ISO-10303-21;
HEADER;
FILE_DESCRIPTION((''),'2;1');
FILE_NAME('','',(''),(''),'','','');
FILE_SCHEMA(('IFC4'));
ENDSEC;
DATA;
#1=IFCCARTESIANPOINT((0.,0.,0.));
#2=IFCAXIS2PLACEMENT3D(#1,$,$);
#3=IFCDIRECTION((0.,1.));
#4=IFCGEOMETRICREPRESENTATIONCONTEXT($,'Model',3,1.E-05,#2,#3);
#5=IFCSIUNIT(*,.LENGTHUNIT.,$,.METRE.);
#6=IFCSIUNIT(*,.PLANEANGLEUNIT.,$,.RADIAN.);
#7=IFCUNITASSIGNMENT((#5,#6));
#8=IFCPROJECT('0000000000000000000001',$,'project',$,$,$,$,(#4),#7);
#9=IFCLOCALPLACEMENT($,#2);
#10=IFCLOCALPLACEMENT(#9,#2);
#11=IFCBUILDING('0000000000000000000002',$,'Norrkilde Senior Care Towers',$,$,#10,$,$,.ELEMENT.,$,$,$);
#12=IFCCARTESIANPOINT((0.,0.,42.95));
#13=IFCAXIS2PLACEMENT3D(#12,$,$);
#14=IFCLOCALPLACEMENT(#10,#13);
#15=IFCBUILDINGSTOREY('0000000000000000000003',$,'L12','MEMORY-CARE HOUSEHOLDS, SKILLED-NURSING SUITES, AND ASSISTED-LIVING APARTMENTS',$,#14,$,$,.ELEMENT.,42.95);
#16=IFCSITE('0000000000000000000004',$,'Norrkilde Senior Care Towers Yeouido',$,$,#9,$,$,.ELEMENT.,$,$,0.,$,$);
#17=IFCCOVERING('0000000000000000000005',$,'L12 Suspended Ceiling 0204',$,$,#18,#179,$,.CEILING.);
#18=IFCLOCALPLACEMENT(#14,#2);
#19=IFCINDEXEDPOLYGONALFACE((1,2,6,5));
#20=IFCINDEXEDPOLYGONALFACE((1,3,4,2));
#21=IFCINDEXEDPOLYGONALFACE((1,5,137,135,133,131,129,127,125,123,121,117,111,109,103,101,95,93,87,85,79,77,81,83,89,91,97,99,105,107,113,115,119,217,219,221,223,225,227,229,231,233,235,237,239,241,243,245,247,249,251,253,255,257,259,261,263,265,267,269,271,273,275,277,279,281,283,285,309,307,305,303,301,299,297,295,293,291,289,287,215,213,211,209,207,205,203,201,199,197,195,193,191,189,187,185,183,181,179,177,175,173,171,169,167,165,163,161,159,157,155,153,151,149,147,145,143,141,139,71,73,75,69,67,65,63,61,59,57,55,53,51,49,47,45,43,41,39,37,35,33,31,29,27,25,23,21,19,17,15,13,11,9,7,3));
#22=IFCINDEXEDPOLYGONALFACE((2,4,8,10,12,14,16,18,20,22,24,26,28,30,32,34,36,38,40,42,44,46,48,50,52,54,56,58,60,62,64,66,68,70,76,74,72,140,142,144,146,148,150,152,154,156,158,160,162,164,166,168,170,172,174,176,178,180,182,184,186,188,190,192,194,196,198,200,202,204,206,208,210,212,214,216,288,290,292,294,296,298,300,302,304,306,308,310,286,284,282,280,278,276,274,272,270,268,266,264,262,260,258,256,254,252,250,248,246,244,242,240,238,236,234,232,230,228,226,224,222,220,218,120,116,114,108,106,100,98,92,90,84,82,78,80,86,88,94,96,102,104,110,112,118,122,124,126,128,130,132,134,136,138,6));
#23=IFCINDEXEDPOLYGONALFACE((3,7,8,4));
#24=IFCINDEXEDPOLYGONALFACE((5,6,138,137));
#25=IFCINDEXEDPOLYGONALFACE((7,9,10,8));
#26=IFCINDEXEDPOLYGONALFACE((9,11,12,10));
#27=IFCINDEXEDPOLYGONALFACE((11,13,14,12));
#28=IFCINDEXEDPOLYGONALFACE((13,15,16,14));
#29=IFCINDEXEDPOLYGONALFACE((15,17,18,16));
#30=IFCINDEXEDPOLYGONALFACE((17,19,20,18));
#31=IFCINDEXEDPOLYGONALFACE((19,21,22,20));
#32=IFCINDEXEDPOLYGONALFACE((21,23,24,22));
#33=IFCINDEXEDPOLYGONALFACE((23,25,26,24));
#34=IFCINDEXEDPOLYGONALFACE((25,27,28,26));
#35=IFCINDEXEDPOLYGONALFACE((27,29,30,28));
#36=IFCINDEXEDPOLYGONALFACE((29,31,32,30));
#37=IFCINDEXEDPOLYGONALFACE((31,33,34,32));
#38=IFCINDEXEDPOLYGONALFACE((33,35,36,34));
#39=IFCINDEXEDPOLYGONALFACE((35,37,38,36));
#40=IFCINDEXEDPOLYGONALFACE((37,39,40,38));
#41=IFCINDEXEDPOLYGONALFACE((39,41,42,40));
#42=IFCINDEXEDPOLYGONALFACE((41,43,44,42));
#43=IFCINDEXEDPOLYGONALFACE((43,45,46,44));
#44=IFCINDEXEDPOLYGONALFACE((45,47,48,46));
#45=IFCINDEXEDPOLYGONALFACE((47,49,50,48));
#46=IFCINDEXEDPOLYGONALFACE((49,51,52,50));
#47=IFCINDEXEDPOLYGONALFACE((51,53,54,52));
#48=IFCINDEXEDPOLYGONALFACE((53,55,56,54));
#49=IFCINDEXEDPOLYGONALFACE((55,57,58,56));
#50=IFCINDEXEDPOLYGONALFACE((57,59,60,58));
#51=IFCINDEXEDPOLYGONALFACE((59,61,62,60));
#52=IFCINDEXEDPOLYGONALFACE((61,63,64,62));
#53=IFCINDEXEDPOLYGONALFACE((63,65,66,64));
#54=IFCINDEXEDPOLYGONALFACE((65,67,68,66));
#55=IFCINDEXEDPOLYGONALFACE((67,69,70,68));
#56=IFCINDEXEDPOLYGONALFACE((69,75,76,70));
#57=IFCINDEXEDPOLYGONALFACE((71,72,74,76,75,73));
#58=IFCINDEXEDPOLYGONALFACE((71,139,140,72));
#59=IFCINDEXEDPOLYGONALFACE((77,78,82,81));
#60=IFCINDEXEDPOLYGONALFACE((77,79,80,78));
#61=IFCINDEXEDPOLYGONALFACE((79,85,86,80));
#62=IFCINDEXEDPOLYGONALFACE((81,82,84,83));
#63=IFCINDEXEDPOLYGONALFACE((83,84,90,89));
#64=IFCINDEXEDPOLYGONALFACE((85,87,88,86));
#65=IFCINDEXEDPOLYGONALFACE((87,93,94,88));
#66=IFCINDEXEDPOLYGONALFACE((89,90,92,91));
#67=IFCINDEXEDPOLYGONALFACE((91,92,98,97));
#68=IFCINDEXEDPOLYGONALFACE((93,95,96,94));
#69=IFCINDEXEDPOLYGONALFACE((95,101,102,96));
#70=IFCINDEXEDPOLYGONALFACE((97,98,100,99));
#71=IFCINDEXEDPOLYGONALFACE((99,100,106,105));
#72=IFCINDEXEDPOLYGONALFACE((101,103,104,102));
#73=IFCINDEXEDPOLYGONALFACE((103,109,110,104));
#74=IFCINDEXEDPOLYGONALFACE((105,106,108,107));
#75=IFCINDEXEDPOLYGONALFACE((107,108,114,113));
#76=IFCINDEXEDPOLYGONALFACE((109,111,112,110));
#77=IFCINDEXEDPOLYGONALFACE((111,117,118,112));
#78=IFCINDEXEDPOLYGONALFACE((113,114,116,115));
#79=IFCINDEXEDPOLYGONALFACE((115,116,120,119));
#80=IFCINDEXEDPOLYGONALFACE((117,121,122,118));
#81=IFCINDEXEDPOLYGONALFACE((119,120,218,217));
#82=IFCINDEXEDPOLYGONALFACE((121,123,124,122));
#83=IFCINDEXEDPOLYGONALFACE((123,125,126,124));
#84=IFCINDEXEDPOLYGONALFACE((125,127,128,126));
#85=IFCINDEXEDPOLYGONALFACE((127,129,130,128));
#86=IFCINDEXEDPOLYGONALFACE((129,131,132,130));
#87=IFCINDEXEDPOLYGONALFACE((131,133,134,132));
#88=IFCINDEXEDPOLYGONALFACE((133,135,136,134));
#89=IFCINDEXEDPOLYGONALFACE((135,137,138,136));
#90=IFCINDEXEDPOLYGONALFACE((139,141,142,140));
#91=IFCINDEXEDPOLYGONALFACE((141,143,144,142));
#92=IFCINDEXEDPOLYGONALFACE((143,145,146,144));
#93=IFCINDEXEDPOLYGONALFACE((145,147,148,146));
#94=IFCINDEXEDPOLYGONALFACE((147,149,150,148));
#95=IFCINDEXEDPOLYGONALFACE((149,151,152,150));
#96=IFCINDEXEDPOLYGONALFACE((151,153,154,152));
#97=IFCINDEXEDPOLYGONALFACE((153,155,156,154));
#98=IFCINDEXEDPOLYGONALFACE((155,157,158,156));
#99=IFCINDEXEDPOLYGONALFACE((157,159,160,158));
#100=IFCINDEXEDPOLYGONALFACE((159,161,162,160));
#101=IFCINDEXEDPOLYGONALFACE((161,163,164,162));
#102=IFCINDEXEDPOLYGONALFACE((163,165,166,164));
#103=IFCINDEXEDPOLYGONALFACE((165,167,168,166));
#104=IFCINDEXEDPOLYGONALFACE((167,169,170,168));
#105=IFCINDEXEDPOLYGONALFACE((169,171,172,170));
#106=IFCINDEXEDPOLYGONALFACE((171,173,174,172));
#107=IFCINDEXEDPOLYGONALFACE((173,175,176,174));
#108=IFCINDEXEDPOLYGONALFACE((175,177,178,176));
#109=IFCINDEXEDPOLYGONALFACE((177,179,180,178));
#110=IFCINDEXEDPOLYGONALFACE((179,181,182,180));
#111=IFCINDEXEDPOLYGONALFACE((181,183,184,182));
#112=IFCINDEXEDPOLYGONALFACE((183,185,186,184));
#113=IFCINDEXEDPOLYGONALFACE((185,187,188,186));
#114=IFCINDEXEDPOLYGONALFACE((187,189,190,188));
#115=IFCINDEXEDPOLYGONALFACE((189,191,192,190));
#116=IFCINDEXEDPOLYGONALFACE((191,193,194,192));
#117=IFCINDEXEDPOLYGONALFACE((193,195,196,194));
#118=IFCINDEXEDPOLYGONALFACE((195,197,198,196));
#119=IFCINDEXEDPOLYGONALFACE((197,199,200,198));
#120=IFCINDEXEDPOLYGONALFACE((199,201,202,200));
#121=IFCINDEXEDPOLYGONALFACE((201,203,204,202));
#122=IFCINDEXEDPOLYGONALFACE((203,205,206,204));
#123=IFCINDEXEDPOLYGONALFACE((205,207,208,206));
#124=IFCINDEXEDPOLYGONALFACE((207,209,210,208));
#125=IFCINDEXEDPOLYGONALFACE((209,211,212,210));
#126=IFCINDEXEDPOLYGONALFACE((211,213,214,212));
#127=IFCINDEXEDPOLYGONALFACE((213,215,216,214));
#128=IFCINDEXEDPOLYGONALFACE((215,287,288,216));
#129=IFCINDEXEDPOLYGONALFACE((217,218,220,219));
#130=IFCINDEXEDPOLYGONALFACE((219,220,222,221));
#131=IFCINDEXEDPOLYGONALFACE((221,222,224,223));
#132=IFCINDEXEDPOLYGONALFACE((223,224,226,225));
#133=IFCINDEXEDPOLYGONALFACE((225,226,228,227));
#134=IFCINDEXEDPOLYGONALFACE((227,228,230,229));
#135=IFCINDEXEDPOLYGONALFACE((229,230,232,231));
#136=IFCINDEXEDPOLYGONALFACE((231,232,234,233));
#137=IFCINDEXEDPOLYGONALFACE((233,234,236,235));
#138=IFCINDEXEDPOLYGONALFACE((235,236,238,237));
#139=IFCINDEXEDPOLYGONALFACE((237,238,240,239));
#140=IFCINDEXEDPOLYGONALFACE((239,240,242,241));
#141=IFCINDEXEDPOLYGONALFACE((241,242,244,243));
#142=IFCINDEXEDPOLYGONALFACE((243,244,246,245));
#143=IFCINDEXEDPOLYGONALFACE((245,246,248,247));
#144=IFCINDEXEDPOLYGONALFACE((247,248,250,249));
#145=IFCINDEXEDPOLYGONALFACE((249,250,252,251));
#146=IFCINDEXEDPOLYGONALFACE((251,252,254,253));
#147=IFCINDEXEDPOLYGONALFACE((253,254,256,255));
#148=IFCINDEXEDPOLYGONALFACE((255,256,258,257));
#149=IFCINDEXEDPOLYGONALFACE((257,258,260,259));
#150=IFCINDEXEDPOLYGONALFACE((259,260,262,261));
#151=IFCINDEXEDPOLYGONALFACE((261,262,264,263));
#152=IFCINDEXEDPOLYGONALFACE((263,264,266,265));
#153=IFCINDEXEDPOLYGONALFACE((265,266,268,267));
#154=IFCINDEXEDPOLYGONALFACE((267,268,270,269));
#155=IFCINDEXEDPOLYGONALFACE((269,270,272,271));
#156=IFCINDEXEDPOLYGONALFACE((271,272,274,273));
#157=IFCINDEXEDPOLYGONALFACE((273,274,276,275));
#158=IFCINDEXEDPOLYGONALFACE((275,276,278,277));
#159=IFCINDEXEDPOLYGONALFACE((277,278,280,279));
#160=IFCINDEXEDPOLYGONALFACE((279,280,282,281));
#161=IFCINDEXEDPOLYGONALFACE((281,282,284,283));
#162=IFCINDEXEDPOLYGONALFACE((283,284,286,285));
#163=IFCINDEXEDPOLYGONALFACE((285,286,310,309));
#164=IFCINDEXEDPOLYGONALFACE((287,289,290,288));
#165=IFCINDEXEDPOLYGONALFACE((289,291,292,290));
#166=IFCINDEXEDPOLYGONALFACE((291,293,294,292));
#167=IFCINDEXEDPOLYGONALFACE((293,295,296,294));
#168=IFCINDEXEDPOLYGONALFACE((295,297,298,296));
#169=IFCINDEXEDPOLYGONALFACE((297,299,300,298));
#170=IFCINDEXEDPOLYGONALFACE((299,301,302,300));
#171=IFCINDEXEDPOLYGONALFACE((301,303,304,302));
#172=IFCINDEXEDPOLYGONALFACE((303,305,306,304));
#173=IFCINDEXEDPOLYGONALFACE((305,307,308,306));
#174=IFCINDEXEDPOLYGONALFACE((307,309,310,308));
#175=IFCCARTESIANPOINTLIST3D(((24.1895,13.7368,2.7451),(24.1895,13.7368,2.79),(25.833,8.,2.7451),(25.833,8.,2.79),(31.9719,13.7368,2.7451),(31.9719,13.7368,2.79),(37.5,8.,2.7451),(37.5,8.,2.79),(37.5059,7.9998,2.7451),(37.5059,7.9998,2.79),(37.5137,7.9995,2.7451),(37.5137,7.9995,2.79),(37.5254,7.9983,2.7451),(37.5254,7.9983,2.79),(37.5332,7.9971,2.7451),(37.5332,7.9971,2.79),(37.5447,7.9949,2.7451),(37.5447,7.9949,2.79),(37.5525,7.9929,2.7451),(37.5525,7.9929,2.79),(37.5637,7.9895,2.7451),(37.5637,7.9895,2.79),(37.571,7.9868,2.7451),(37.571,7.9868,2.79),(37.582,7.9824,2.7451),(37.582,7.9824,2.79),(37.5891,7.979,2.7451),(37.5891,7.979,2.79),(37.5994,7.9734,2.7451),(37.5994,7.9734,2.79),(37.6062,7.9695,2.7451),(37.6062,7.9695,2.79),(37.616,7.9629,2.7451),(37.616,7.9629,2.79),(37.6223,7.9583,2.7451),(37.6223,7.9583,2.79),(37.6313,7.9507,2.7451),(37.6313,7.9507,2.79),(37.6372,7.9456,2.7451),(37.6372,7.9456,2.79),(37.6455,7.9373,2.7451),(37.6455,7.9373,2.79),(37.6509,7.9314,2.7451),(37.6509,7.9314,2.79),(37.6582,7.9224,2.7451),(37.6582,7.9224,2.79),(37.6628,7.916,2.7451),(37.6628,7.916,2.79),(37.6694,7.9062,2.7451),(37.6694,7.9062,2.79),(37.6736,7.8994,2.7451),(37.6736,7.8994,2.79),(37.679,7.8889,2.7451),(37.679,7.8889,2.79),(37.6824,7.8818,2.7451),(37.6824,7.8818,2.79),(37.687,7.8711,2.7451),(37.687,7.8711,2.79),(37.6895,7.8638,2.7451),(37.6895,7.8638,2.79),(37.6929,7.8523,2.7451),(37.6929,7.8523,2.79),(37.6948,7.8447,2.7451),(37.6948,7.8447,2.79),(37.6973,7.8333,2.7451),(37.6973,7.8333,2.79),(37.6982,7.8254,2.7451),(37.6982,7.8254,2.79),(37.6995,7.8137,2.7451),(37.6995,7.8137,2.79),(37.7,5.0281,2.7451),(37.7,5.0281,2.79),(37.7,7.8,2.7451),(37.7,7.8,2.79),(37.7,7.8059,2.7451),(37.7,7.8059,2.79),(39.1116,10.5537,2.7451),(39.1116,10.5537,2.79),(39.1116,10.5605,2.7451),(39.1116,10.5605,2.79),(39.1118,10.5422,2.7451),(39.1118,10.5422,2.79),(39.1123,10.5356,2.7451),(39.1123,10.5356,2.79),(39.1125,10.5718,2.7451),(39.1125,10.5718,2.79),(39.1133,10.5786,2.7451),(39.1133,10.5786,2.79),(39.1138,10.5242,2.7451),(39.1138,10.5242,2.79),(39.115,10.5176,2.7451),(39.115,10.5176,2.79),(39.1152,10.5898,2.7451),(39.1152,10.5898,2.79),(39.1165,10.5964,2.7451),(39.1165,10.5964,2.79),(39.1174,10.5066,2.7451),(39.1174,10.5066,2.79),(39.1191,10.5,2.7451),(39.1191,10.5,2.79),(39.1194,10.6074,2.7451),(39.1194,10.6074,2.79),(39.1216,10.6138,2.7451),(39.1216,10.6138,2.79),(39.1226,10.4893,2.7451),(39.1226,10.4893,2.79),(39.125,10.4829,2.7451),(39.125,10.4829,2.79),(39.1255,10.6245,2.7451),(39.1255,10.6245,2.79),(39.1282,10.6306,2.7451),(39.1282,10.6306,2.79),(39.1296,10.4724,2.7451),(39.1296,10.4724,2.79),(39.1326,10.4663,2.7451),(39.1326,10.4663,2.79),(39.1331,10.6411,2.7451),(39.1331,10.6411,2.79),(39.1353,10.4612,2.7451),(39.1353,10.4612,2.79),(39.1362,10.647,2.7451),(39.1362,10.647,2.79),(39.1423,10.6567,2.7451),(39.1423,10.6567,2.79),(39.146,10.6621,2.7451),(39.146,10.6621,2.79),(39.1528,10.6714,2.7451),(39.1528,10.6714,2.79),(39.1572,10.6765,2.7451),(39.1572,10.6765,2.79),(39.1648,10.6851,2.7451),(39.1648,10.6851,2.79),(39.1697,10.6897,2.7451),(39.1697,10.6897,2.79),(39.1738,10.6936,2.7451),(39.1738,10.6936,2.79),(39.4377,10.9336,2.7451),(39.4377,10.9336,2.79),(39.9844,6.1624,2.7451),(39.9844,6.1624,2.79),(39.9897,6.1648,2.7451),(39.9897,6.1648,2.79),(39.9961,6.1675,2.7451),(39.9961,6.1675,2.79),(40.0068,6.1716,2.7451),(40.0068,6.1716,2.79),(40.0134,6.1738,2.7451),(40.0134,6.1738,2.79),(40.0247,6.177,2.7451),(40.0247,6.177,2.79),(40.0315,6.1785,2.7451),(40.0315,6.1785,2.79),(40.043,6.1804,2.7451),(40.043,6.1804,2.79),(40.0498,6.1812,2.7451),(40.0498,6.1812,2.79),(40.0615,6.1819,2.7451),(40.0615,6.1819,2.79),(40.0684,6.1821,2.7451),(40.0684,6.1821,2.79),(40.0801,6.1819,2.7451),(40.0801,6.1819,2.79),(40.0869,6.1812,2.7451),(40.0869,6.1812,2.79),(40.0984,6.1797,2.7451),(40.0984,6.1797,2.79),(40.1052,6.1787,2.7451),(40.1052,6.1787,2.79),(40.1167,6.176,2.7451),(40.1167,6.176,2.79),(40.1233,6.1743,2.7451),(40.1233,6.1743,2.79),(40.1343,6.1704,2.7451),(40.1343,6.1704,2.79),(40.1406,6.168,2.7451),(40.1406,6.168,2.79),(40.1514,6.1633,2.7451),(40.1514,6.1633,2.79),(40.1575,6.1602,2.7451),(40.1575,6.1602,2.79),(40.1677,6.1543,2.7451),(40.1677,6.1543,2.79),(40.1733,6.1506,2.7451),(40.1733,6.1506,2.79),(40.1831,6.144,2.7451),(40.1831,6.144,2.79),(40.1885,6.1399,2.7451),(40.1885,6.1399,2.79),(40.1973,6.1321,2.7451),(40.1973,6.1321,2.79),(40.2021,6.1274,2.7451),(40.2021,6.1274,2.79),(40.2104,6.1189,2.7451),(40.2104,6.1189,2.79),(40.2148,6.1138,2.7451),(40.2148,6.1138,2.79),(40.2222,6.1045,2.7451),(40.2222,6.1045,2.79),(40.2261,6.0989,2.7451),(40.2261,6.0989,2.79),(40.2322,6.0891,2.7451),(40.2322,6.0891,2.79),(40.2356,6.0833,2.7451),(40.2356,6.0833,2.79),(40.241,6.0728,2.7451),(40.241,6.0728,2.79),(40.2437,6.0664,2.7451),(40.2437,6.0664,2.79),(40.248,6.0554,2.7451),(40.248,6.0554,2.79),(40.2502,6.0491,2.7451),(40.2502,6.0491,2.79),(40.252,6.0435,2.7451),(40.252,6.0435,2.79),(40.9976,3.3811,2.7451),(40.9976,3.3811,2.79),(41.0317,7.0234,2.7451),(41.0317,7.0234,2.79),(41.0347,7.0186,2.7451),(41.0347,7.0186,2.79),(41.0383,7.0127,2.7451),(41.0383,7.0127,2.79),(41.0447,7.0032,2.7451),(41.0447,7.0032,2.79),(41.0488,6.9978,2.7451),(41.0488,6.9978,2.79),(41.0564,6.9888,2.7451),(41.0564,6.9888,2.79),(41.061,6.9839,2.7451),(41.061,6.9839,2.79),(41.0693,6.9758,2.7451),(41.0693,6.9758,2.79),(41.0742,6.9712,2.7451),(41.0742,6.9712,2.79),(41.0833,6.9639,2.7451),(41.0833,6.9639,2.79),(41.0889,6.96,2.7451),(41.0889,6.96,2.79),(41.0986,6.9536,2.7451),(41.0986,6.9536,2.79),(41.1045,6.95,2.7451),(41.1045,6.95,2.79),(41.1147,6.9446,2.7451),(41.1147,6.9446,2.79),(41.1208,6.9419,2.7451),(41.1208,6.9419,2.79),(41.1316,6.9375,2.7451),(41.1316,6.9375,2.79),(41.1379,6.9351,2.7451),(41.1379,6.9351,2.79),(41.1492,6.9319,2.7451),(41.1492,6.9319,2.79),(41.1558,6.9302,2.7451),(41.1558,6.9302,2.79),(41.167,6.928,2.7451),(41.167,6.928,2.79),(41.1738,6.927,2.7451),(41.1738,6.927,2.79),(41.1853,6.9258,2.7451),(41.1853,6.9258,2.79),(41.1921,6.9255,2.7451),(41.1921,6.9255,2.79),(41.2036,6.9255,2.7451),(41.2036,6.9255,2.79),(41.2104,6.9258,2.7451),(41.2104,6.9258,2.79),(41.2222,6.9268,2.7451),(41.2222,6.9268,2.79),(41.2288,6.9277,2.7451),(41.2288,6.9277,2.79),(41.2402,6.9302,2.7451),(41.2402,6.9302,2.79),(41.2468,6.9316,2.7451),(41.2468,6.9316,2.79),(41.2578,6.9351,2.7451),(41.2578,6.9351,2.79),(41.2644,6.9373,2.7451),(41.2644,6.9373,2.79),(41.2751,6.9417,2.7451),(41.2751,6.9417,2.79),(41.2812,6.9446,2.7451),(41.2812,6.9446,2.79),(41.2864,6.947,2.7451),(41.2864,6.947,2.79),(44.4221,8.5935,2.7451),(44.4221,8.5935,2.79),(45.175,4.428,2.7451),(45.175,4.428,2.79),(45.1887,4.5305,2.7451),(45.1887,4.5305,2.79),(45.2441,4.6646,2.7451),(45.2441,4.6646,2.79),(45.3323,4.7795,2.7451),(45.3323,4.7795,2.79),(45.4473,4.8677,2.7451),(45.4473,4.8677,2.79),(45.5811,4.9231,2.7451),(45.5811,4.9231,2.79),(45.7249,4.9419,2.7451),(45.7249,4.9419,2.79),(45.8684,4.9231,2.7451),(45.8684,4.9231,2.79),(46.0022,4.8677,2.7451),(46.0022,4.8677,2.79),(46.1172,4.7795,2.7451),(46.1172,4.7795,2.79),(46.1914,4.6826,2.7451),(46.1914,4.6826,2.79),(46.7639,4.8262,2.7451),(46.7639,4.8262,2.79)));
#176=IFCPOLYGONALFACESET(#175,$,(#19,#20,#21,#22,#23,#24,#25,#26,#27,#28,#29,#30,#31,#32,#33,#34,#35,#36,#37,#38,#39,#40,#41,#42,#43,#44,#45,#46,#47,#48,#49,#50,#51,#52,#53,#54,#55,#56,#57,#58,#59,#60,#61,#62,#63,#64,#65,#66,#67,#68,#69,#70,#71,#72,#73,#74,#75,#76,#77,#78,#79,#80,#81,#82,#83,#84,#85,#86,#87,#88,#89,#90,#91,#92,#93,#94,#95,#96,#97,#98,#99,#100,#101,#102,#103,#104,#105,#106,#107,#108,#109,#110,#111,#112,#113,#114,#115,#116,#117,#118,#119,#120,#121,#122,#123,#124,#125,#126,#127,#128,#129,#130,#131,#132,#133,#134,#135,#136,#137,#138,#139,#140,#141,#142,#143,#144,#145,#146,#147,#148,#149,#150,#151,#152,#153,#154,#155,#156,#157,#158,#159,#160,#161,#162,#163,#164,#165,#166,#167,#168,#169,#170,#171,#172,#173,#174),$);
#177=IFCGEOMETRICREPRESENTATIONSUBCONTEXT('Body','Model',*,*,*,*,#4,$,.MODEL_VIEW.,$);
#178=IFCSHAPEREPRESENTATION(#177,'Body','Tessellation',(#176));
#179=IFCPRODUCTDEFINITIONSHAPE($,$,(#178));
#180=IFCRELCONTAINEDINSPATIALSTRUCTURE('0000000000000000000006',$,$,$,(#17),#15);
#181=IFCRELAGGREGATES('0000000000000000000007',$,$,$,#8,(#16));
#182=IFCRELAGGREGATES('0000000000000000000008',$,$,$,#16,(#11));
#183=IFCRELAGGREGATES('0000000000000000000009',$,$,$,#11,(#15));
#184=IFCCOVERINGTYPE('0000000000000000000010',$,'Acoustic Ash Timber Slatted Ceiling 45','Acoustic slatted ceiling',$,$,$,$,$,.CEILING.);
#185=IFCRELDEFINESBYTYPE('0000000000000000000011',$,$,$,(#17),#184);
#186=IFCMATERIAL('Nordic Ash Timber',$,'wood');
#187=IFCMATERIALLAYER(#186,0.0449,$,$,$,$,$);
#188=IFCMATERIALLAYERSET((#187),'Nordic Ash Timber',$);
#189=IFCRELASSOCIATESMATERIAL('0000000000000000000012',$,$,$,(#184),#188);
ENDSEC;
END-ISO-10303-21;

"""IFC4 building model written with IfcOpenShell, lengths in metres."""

from ifc_helpers import new_model, si_unit, direction, frame, origin, place, context, subcontext, project, spatial, polyline, outline, extrude, material, layer, layer_set, type_object, element, save


model = new_model("IFC4")

# Units and contexts
model_context = context("Model", 3, precision=1e-05, world=origin(), true_north=direction((0.0, 1.0)))
body_context = subcontext(model_context, "Body", "Model", "MODEL_VIEW")
ifc_project = project(units=[si_unit("LENGTHUNIT", "METRE"), si_unit("PLANEANGLEUNIT", "RADIAN")], contexts=[model_context])

# Site, building, storey
site_placement = place(None, origin())
site = spatial("IfcSite", under=ifc_project, at=site_placement, Name="Norrkilde Senior Care Towers Yeouido", CompositionType="ELEMENT", RefElevation=0.0)
building_placement = place(site_placement, origin())
building = spatial("IfcBuilding", under=site, at=building_placement, Name="Norrkilde Senior Care Towers", CompositionType="ELEMENT")
storey_placement = place(building_placement, frame((0.0, 0.0, 42.95)))
storey = spatial("IfcBuildingStorey", under=building, at=storey_placement, Name="L12", Description="MEMORY-CARE HOUSEHOLDS, SKILLED-NURSING SUITES, AND ASSISTED-LIVING APARTMENTS", CompositionType="ELEMENT", Elevation=42.95)

# Covering
ifc_material_1 = material(Name="Nordic Ash Timber", Category="wood")
ifc_layer_1 = layer(ifc_material_1, 0.0449)
ifc_layer_set_1 = layer_set([ifc_layer_1], Name="Nordic Ash Timber")
covering_type_1 = type_object("IfcCoveringType", Name="Acoustic Ash Timber Slatted Ceiling 45", Description="Acoustic slatted ceiling", PredefinedType="CEILING", material=ifc_layer_set_1)
covering_1_placement = place(storey_placement, frame((0.0, 0.0, 2.7451)))
element("IfcCovering", 1, at=covering_1_placement, inside=storey, type_object=covering_type_1, Name="L12 Suspended Ceiling 0204", PredefinedType="CEILING", context=body_context, shape_type="SweptSolid", body=[
    extrude(outline(polyline([(39.1528, 10.6714), (39.146, 10.6621), (39.1423, 10.6567), (39.1362, 10.647), (39.1331, 10.6411), (39.1282, 10.6306), (39.1255, 10.6245), (39.1216, 10.6138), (39.1194, 10.6074), (39.1165, 10.5964), (39.1152, 10.5898), (39.1133, 10.5786), (39.1125, 10.5718), (39.1116, 10.5605), (39.1116, 10.5537), (39.1118, 10.5422), (39.1123, 10.5356), (39.1138, 10.5242), (39.115, 10.5176), (39.1174, 10.5066), (39.1191, 10.5), (39.1226, 10.4893), (39.125, 10.4829), (39.1296, 10.4724), (39.1326, 10.4663), (39.1353, 10.4612), (41.0317, 7.0234), (41.0347, 7.0186), (41.0383, 7.0127), (41.0447, 7.0032), (41.0488, 6.9978), (41.0564, 6.9888), (41.061, 6.9839), (41.0693, 6.9758), (41.0742, 6.9712), (41.0833, 6.9639), (41.0889, 6.96), (41.0986, 6.9536), (41.1045, 6.95), (41.1147, 6.9446), (41.1208, 6.9419), (41.1316, 6.9375), (41.1379, 6.9351), (41.1492, 6.9319), (41.1558, 6.9302), (41.167, 6.928), (41.1738, 6.927), (41.1853, 6.9258), (41.1921, 6.9255), (41.2036, 6.9255), (41.2104, 6.9258), (41.2222, 6.9268), (41.2288, 6.9277), (41.2402, 6.9302), (41.2468, 6.9316), (41.2578, 6.9351), (41.2644, 6.9373), (41.2751, 6.9417), (41.2812, 6.9446), (41.2864, 6.947), (44.4221, 8.5935), (46.7639, 4.8262), (46.1914, 4.6826), (46.1172, 4.7795), (46.0022, 4.8677), (45.8684, 4.9231), (45.7249, 4.9419), (45.5811, 4.9231), (45.4473, 4.8677), (45.3323, 4.7795), (45.2441, 4.6646), (45.1887, 4.5305), (45.175, 4.428), (40.9976, 3.3811), (40.252, 6.0435), (40.2502, 6.0491), (40.248, 6.0554), (40.2437, 6.0664), (40.241, 6.0728), (40.2356, 6.0833), (40.2322, 6.0891), (40.2261, 6.0989), (40.2222, 6.1045), (40.2148, 6.1138), (40.2104, 6.1189), (40.2021, 6.1274), (40.1973, 6.1321), (40.1885, 6.1399), (40.1831, 6.144), (40.1733, 6.1506), (40.1677, 6.1543), (40.1575, 6.1602), (40.1514, 6.1633), (40.1406, 6.168), (40.1343, 6.1704), (40.1233, 6.1743), (40.1167, 6.176), (40.1052, 6.1787), (40.0984, 6.1797), (40.0869, 6.1812), (40.0801, 6.1819), (40.0684, 6.1821), (40.0615, 6.1819), (40.0498, 6.1812), (40.043, 6.1804), (40.0315, 6.1785), (40.0247, 6.177), (40.0134, 6.1738), (40.0068, 6.1716), (39.9961, 6.1675), (39.9897, 6.1648), (39.9844, 6.1624), (37.7, 5.0281), (37.7, 7.8), (37.7, 7.8059), (37.6995, 7.8137), (37.6982, 7.8254), (37.6973, 7.8333), (37.6948, 7.8447), (37.6929, 7.8523), (37.6895, 7.8638), (37.687, 7.8711), (37.6824, 7.8818), (37.679, 7.8889), (37.6736, 7.8994), (37.6694, 7.9062), (37.6628, 7.916), (37.6582, 7.9224), (37.6509, 7.9314), (37.6455, 7.9373), (37.6372, 7.9456), (37.6313, 7.9507), (37.6223, 7.9583), (37.616, 7.9629), (37.6062, 7.9695), (37.5994, 7.9734), (37.5891, 7.979), (37.582, 7.9824), (37.571, 7.9868), (37.5637, 7.9895), (37.5525, 7.9929), (37.5447, 7.9949), (37.5332, 7.9971), (37.5254, 7.9983), (37.5137, 7.9995), (37.5059, 7.9998), (37.5, 8.0), (25.833, 8.0), (24.1895, 13.7368), (31.9719, 13.7368), (39.4377, 10.9336), (39.1738, 10.6936), (39.1697, 10.6897), (39.1648, 10.6851), (39.1572, 10.6765), (39.1528, 10.6714)])), origin(), (0.0, 0.0, 1.0), 0.0449),
])

save(model, "model.ifc")
